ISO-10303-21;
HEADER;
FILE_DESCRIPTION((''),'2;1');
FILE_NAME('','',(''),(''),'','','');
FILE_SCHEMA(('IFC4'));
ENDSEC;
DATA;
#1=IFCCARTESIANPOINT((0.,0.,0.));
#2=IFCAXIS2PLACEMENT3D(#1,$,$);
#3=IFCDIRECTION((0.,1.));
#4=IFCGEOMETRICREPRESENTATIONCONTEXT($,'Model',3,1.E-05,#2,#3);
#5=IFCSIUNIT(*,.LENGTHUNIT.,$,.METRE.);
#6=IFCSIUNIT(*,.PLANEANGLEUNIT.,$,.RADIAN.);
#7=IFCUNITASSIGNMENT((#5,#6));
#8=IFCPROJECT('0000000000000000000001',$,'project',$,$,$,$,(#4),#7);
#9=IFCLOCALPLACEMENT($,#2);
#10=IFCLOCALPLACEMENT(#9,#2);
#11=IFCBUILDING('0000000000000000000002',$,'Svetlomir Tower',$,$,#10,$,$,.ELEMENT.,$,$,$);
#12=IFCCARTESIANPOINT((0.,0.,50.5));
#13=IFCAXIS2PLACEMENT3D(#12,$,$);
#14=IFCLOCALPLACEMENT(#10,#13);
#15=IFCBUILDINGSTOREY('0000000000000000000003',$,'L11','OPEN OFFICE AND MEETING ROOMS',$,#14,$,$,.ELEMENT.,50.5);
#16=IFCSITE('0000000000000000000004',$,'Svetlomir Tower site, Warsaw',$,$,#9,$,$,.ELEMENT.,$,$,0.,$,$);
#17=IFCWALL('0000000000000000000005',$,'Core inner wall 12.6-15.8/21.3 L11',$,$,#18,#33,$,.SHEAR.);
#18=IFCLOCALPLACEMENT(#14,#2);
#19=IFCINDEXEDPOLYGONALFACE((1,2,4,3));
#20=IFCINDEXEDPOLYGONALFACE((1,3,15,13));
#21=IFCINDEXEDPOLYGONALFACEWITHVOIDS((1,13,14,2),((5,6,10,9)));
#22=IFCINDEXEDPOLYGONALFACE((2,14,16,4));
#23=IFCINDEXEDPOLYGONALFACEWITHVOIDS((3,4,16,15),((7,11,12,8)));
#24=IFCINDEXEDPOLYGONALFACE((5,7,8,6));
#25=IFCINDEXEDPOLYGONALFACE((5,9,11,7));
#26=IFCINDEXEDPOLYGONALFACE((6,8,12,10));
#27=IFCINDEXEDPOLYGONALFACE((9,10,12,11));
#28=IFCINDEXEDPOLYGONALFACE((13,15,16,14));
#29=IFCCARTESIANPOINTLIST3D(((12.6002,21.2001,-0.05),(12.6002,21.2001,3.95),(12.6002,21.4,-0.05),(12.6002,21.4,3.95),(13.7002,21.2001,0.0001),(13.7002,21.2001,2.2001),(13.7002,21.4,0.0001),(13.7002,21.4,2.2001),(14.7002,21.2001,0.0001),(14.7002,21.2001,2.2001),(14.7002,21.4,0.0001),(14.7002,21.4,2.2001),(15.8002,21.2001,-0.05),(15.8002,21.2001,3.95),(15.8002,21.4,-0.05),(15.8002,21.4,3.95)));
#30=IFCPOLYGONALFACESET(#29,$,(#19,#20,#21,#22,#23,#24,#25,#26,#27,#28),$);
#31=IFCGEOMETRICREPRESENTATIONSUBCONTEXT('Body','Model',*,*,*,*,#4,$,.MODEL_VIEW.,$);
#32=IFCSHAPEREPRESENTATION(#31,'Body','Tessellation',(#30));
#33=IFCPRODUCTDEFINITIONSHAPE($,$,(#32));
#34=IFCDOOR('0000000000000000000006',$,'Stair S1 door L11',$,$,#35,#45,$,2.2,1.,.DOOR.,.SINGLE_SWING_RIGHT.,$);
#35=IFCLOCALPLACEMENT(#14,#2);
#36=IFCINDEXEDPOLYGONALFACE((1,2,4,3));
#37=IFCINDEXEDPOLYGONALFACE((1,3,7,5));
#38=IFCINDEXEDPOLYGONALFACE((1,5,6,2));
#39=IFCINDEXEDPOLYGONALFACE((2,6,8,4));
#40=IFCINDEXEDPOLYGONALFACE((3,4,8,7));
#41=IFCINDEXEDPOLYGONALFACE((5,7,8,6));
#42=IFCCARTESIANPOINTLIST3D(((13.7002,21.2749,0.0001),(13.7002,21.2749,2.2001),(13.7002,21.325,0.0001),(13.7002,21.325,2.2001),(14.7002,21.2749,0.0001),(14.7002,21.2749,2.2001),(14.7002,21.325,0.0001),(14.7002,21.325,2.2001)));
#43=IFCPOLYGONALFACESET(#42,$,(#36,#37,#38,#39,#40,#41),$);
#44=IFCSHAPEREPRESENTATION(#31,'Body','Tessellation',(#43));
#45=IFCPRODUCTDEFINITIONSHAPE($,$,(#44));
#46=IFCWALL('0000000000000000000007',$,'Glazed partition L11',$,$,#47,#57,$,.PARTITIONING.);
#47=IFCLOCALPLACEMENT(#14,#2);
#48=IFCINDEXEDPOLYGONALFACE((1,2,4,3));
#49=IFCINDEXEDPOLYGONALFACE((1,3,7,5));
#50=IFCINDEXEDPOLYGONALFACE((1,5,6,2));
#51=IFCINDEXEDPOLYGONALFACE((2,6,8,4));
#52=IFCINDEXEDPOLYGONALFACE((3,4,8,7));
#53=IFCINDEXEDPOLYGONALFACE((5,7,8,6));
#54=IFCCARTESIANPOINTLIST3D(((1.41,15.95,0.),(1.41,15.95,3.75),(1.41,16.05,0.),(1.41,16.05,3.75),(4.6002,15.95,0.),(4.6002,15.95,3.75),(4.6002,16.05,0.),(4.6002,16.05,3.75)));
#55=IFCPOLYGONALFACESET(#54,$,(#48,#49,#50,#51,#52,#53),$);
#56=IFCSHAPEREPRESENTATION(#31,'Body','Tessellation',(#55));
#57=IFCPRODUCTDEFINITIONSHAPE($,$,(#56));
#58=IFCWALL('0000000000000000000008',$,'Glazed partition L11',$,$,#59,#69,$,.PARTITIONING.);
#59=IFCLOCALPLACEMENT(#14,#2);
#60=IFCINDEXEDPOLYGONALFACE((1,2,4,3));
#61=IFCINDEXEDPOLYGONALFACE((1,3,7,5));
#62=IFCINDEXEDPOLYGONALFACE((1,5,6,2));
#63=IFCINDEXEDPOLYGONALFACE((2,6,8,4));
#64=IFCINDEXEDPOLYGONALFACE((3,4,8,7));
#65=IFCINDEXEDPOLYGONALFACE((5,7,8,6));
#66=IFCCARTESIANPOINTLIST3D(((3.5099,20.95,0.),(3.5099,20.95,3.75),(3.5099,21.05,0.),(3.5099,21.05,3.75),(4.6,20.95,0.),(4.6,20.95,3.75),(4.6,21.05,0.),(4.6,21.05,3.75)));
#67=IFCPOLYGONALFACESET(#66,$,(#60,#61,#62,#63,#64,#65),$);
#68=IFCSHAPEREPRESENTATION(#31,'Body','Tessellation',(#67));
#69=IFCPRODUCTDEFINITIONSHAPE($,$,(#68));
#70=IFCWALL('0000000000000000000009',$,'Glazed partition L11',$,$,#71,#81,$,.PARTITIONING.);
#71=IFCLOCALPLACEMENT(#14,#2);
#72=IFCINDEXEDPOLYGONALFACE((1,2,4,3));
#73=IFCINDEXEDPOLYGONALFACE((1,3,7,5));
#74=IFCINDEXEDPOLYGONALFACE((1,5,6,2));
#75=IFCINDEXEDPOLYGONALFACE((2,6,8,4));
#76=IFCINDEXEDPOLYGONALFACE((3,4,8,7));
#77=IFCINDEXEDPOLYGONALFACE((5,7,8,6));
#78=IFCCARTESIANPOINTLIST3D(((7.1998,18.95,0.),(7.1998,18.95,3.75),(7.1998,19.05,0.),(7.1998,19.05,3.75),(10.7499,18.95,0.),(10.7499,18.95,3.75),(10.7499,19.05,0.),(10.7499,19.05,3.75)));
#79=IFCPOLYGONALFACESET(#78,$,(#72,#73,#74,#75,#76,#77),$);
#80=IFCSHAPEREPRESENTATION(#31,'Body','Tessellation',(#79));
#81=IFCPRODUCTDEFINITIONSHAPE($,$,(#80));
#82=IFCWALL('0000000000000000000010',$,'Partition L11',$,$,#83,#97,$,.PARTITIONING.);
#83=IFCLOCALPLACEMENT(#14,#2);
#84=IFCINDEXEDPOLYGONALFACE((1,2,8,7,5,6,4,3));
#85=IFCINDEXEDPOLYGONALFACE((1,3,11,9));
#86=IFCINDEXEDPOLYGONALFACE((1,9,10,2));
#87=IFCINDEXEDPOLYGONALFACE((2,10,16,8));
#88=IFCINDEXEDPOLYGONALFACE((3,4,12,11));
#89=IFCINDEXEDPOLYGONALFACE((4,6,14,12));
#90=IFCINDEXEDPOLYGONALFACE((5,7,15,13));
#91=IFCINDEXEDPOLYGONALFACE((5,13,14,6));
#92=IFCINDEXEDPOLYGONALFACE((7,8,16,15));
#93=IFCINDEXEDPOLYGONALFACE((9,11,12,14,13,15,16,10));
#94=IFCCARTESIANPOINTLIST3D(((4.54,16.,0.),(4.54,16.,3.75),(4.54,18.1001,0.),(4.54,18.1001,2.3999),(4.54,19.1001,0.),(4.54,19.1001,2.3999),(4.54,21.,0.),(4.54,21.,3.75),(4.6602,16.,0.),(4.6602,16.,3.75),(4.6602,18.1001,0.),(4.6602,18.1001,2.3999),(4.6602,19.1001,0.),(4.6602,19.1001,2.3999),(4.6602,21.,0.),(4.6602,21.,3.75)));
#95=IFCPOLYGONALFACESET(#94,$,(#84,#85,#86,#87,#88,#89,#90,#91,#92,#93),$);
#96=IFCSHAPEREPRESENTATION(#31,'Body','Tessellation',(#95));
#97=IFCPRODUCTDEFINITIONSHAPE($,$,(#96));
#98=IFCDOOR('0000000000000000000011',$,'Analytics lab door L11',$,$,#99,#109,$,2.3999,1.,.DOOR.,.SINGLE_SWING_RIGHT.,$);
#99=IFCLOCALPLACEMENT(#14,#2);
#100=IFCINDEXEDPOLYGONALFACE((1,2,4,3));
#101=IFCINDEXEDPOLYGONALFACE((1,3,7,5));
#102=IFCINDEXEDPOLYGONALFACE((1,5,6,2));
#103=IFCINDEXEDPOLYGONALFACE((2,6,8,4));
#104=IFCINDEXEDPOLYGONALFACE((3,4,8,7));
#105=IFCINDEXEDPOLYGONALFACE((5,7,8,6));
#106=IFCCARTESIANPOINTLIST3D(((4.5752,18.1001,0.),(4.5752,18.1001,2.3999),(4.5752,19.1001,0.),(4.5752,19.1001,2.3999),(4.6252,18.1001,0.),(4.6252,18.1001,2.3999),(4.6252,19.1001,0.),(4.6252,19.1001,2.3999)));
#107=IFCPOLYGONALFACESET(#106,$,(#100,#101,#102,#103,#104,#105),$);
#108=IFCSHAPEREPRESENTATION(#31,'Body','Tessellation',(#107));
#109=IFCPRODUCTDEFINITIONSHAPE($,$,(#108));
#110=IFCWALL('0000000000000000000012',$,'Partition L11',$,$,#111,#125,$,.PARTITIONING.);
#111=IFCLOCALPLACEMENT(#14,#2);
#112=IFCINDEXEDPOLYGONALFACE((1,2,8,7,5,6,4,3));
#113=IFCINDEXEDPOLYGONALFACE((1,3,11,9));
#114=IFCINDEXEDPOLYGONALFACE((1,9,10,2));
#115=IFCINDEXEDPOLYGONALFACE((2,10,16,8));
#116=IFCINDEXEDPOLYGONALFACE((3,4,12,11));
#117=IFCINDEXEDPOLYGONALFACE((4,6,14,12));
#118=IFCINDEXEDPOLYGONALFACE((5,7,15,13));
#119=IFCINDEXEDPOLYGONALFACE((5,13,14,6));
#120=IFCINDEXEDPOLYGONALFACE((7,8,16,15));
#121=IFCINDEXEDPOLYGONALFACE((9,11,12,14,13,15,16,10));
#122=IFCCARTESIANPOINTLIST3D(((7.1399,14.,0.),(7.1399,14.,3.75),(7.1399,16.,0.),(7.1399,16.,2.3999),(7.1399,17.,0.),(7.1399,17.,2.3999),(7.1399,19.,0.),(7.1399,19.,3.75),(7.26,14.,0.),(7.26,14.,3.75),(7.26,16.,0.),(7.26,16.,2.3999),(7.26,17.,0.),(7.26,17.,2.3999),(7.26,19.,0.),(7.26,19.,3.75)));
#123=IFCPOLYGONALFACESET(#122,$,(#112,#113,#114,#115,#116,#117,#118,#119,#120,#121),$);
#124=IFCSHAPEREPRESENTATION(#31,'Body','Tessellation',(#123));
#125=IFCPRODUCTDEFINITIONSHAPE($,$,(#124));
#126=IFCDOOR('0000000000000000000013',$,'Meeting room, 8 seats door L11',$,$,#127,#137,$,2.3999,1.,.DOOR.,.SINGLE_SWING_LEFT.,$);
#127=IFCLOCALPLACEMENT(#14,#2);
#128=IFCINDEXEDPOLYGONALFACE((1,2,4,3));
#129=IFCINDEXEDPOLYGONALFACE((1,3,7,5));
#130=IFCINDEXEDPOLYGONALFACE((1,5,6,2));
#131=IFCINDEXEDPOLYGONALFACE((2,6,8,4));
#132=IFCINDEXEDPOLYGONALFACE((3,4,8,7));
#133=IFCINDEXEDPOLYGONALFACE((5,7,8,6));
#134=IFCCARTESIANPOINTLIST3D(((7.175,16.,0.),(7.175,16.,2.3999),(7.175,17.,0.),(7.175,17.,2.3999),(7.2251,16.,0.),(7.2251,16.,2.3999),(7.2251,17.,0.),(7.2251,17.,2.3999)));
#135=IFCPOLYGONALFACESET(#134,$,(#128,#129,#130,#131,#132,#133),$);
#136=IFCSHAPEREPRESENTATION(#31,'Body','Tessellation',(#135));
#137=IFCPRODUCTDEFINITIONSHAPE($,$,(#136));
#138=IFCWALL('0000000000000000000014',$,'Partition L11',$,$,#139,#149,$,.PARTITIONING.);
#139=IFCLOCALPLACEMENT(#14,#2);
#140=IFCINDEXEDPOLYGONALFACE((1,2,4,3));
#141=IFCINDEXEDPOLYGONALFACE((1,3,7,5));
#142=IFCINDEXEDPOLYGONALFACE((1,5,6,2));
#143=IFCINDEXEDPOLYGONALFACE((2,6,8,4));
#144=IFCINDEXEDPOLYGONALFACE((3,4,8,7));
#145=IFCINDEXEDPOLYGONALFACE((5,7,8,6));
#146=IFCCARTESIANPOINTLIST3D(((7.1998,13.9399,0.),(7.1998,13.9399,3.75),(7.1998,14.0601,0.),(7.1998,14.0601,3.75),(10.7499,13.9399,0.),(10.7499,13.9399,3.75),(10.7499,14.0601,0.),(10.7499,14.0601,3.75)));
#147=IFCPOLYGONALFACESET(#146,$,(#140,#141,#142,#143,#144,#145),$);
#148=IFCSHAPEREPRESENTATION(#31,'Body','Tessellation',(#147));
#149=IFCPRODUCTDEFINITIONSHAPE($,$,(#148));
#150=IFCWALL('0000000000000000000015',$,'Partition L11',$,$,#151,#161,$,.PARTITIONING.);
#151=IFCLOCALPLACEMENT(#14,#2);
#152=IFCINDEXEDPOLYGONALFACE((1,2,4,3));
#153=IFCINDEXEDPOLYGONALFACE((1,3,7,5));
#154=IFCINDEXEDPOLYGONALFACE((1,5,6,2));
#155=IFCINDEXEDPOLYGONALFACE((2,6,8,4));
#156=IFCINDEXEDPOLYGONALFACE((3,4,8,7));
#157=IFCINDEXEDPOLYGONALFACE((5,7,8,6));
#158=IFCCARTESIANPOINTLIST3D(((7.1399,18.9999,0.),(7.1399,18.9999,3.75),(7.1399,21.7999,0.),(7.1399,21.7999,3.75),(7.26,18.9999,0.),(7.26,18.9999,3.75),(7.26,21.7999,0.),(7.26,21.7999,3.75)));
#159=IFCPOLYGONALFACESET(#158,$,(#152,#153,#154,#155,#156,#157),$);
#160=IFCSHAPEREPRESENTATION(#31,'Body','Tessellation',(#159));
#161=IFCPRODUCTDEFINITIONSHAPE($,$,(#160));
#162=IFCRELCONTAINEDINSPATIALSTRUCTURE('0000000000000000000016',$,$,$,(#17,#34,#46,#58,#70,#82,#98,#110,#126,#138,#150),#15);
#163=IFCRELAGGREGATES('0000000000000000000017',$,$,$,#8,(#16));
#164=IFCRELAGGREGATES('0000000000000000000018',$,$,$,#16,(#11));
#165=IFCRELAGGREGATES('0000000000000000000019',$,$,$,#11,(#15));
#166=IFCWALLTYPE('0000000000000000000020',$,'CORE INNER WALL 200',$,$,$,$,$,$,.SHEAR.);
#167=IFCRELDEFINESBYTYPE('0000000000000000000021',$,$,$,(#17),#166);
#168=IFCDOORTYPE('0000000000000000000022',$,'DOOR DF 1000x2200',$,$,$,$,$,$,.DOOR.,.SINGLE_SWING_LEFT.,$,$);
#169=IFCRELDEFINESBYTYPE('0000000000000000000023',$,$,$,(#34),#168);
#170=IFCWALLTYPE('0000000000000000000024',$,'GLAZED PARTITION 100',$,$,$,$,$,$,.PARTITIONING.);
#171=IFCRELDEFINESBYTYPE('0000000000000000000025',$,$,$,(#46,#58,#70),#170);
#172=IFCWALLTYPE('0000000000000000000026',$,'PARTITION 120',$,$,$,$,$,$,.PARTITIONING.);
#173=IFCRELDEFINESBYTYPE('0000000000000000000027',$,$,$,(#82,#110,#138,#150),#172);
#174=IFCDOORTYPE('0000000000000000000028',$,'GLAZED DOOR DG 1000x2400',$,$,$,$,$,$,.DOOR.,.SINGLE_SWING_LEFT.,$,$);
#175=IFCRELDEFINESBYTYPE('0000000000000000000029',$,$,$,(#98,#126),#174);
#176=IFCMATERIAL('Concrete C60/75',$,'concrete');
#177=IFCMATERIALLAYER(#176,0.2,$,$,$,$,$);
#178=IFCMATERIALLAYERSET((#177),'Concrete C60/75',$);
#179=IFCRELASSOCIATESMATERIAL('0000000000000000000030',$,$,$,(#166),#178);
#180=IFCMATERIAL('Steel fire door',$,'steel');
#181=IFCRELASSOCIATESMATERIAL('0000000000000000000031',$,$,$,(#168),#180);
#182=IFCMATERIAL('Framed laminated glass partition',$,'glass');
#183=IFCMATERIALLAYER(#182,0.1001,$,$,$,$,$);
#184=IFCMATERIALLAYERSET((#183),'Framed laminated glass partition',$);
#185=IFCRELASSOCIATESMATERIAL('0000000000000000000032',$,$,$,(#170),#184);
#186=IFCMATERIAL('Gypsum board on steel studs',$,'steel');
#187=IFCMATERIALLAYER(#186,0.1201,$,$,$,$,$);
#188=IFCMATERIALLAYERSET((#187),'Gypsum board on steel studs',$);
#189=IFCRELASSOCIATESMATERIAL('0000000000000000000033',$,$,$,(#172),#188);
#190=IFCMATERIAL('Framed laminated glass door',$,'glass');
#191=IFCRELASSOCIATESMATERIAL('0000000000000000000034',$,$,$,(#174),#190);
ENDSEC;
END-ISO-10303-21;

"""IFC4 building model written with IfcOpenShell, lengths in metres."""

from ifc_helpers import new_model, si_unit, direction, frame, frame_2d, origin, place, context, subcontext, project, spatial, rectangle, extrude, material, layer, layer_set, type_object, element, fill, save


model = new_model("IFC4")

# Units and contexts
model_context = context("Model", 3, precision=1e-05, world=origin(), true_north=direction((0.0, 1.0)))
body_context = subcontext(model_context, "Body", "Model", "MODEL_VIEW")
ifc_project = project(units=[si_unit("LENGTHUNIT", "METRE"), si_unit("PLANEANGLEUNIT", "RADIAN")], contexts=[model_context])

# Site, building, storey
site_placement = place(None, origin())
site = spatial("IfcSite", under=ifc_project, at=site_placement, Name="Svetlomir Tower site, Warsaw", CompositionType="ELEMENT", RefElevation=0.0)
building_placement = place(site_placement, origin())
building = spatial("IfcBuilding", under=site, at=building_placement, Name="Svetlomir Tower", CompositionType="ELEMENT")
storey_placement = place(building_placement, frame((0.0, 0.0, 50.5)))
storey = spatial("IfcBuildingStorey", under=building, at=storey_placement, Name="L11", Description="OPEN OFFICE AND MEETING ROOMS", CompositionType="ELEMENT", Elevation=50.5)

# Wall, opening, door
ifc_material_1 = material(Name="Concrete C60/75", Category="concrete")
ifc_layer_1 = layer(ifc_material_1, 0.2)
ifc_layer_set_1 = layer_set([ifc_layer_1], Name="Concrete C60/75")
wall_type_1 = type_object("IfcWallType", Name="CORE INNER WALL 200", PredefinedType="SHEAR", material=ifc_layer_set_1)
wall_1_placement = place(storey_placement, frame((12.6001, 21.3, -0.05), z_axis=(0.0, 0.0, 1.0), x_axis=(1.0, 0.0, 0.0)))
wall_1 = element("IfcWall", 1, at=wall_1_placement, inside=storey, type_object=wall_type_1, Name="Core inner wall 12.6-15.8/21.3 L11", PredefinedType="SHEAR", context=body_context, shape_type="SweptSolid", body=[
    extrude(rectangle(XDim=3.2, YDim=0.2, at=frame_2d((1.6001, 0.0))), origin(), (0.0, 0.0, 1.0), 4.0),
])
opening_1_placement = place(wall_1_placement, frame((1.1001, 0.0, 0.05)))
opening_1 = element("IfcOpeningElement", 2, at=opening_1_placement, cuts=wall_1, PredefinedType="OPENING", context=body_context, shape_type="SweptSolid", body=[
    extrude(rectangle(XDim=1.0, YDim=2.2, at=frame_2d((0.5, 1.1001))), frame((0.0, 0.1099, 0.0), z_axis=(0.0, -1.0, 0.0), x_axis=(1.0, 0.0, 0.0)), (0.0, 0.0, 1.0), 0.22),
])
ifc_material_2 = material(Name="Steel fire door", Category="steel")
door_type_1 = type_object("IfcDoorType", Name="DOOR DF 1000x2200", OperationType="SINGLE_SWING_LEFT", PredefinedType="DOOR", material=ifc_material_2)
door_1_placement = place(opening_1_placement, origin())
door_1 = element("IfcDoor", 3, at=door_1_placement, inside=storey, type_object=door_type_1, Name="Stair S1 door L11", OperationType="SINGLE_SWING_RIGHT", OverallHeight=2.2, OverallWidth=1.0, PredefinedType="DOOR", context=body_context, shape_type="SweptSolid", body=[
    extrude(rectangle(XDim=1.0, YDim=2.2, at=frame_2d((0.5, 1.1001))), frame((0.0, 0.0249, 0.0), z_axis=(0.0, -1.0, 0.0), x_axis=(1.0, 0.0, 0.0)), (0.0, 0.0, 1.0), 0.05),
])
fill(opening_1, door_1)

# Walls
ifc_material_3 = material(Name="Framed laminated glass partition", Category="glass")
ifc_layer_2 = layer(ifc_material_3, 0.1001)
ifc_layer_set_2 = layer_set([ifc_layer_2], Name="Framed laminated glass partition")
wall_type_2 = type_object("IfcWallType", Name="GLAZED PARTITION 100", PredefinedType="PARTITIONING", material=ifc_layer_set_2)
wall_2_placement = place(storey_placement, frame((1.4099, 16.0, 0.0), z_axis=(0.0, 0.0, 1.0), x_axis=(1.0, 0.0, 0.0)))
element("IfcWall", 4, at=wall_2_placement, inside=storey, type_object=wall_type_2, Name="Glazed partition L11", PredefinedType="PARTITIONING", context=body_context, shape_type="SweptSolid", body=[
    extrude(rectangle(XDim=3.1902, YDim=0.1001, at=frame_2d((1.5952, 0.0))), origin(), (0.0, 0.0, 1.0), 3.75),
])
wall_3_placement = place(storey_placement, frame((3.51, 21.0, 0.0), z_axis=(0.0, 0.0, 1.0), x_axis=(1.0, 0.0, 0.0)))
element("IfcWall", 5, at=wall_3_placement, inside=storey, type_object=wall_type_2, Name="Glazed partition L11", PredefinedType="PARTITIONING", context=body_context, shape_type="SweptSolid", body=[
    extrude(rectangle(XDim=1.0901, YDim=0.1001, at=frame_2d((0.5449, 0.0))), origin(), (0.0, 0.0, 1.0), 3.75),
])
wall_4_placement = place(storey_placement, frame((7.2, 19.0, 0.0), z_axis=(0.0, 0.0, 1.0), x_axis=(1.0, 0.0, 0.0)))
element("IfcWall", 6, at=wall_4_placement, inside=storey, type_object=wall_type_2, Name="Glazed partition L11", PredefinedType="PARTITIONING", context=body_context, shape_type="SweptSolid", body=[
    extrude(rectangle(XDim=3.55, YDim=0.1001, at=frame_2d((1.7749, 0.0))), origin(), (0.0, 0.0, 1.0), 3.75),
])

# Walls, openings, doors
ifc_material_4 = material(Name="Gypsum board on steel studs", Category="steel")
ifc_layer_3 = layer(ifc_material_4, 0.1201)
ifc_layer_set_3 = layer_set([ifc_layer_3], Name="Gypsum board on steel studs")
wall_type_3 = type_object("IfcWallType", Name="PARTITION 120", PredefinedType="PARTITIONING", material=ifc_layer_set_3)
wall_5_placement = place(storey_placement, frame((4.6001, 16.0, 0.0), z_axis=(0.0, 0.0, 1.0), x_axis=(0.0, 1.0, 0.0)))
wall_5 = element("IfcWall", 7, at=wall_5_placement, inside=storey, type_object=wall_type_3, Name="Partition L11", PredefinedType="PARTITIONING", context=body_context, shape_type="SweptSolid", body=[
    extrude(rectangle(XDim=5.0, YDim=0.1201, at=frame_2d((2.5, 0.0))), origin(), (0.0, 0.0, 1.0), 3.75),
])
opening_2_placement = place(wall_5_placement, frame((2.1001, 0.0, 0.0)))
opening_2 = element("IfcOpeningElement", 8, at=opening_2_placement, cuts=wall_5, PredefinedType="OPENING", context=body_context, shape_type="SweptSolid", body=[
    extrude(rectangle(XDim=1.0, YDim=2.3999, at=frame_2d((0.5, 1.2))), frame((0.0, 0.0701, 0.0), z_axis=(0.0, -1.0, 0.0), x_axis=(1.0, 0.0, 0.0)), (0.0, 0.0, 1.0), 0.1401),
])
ifc_material_5 = material(Name="Framed laminated glass door", Category="glass")
door_type_2 = type_object("IfcDoorType", Name="GLAZED DOOR DG 1000x2400", OperationType="SINGLE_SWING_LEFT", PredefinedType="DOOR", material=ifc_material_5)
door_2_placement = place(opening_2_placement, origin())
door_2 = element("IfcDoor", 9, at=door_2_placement, inside=storey, type_object=door_type_2, Name="Analytics lab door L11", OperationType="SINGLE_SWING_RIGHT", OverallHeight=2.3999, OverallWidth=1.0, PredefinedType="DOOR", context=body_context, shape_type="SweptSolid", body=[
    extrude(rectangle(XDim=1.0, YDim=2.3999, at=frame_2d((0.5, 1.2))), frame((0.0, 0.0249, 0.0), z_axis=(0.0, -1.0, 0.0), x_axis=(1.0, 0.0, 0.0)), (0.0, 0.0, 1.0), 0.05),
])
fill(opening_2, door_2)
wall_6_placement = place(storey_placement, frame((7.2, 14.0, 0.0), z_axis=(0.0, 0.0, 1.0), x_axis=(0.0, 1.0, 0.0)))
wall_6 = element("IfcWall", 10, at=wall_6_placement, inside=storey, type_object=wall_type_3, Name="Partition L11", PredefinedType="PARTITIONING", context=body_context, shape_type="SweptSolid", body=[
    extrude(rectangle(XDim=5.0, YDim=0.1201, at=frame_2d((2.5, 0.0))), origin(), (0.0, 0.0, 1.0), 3.75),
])
opening_3_placement = place(wall_6_placement, frame((2.0, 0.0, 0.0)))
opening_3 = element("IfcOpeningElement", 11, at=opening_3_placement, cuts=wall_6, PredefinedType="OPENING", context=body_context, shape_type="SweptSolid", body=[
    extrude(rectangle(XDim=1.0, YDim=2.3999, at=frame_2d((0.5, 1.2))), frame((0.0, 0.0701, 0.0), z_axis=(0.0, -1.0, 0.0), x_axis=(1.0, 0.0, 0.0)), (0.0, 0.0, 1.0), 0.1401),
])
door_3_placement = place(opening_3_placement, origin())
door_3 = element("IfcDoor", 12, at=door_3_placement, inside=storey, type_object=door_type_2, Name="Meeting room, 8 seats door L11", OperationType="SINGLE_SWING_LEFT", OverallHeight=2.3999, OverallWidth=1.0, PredefinedType="DOOR", context=body_context, shape_type="SweptSolid", body=[
    extrude(rectangle(XDim=1.0, YDim=2.3999, at=frame_2d((0.5, 1.2))), frame((0.0, 0.0249, 0.0), z_axis=(0.0, -1.0, 0.0), x_axis=(1.0, 0.0, 0.0)), (0.0, 0.0, 1.0), 0.05),
])
fill(opening_3, door_3)

# Walls
wall_7_placement = place(storey_placement, frame((7.2, 14.0, 0.0), z_axis=(0.0, 0.0, 1.0), x_axis=(1.0, 0.0, 0.0)))
element("IfcWall", 13, at=wall_7_placement, inside=storey, type_object=wall_type_3, Name="Partition L11", PredefinedType="PARTITIONING", context=body_context, shape_type="SweptSolid", body=[
    extrude(rectangle(XDim=3.55, YDim=0.1201, at=frame_2d((1.7749, 0.0))), origin(), (0.0, 0.0, 1.0), 3.75),
])
wall_8_placement = place(storey_placement, frame((7.2, 19.0, 0.0), z_axis=(0.0, 0.0, 1.0), x_axis=(0.0, 1.0, 0.0)))
element("IfcWall", 14, at=wall_8_placement, inside=storey, type_object=wall_type_3, Name="Partition L11", PredefinedType="PARTITIONING", context=body_context, shape_type="SweptSolid", body=[
    extrude(rectangle(XDim=2.8, YDim=0.1201, at=frame_2d((1.3999, 0.0))), origin(), (0.0, 0.0, 1.0), 3.75),
])

save(model, "model.ifc")
